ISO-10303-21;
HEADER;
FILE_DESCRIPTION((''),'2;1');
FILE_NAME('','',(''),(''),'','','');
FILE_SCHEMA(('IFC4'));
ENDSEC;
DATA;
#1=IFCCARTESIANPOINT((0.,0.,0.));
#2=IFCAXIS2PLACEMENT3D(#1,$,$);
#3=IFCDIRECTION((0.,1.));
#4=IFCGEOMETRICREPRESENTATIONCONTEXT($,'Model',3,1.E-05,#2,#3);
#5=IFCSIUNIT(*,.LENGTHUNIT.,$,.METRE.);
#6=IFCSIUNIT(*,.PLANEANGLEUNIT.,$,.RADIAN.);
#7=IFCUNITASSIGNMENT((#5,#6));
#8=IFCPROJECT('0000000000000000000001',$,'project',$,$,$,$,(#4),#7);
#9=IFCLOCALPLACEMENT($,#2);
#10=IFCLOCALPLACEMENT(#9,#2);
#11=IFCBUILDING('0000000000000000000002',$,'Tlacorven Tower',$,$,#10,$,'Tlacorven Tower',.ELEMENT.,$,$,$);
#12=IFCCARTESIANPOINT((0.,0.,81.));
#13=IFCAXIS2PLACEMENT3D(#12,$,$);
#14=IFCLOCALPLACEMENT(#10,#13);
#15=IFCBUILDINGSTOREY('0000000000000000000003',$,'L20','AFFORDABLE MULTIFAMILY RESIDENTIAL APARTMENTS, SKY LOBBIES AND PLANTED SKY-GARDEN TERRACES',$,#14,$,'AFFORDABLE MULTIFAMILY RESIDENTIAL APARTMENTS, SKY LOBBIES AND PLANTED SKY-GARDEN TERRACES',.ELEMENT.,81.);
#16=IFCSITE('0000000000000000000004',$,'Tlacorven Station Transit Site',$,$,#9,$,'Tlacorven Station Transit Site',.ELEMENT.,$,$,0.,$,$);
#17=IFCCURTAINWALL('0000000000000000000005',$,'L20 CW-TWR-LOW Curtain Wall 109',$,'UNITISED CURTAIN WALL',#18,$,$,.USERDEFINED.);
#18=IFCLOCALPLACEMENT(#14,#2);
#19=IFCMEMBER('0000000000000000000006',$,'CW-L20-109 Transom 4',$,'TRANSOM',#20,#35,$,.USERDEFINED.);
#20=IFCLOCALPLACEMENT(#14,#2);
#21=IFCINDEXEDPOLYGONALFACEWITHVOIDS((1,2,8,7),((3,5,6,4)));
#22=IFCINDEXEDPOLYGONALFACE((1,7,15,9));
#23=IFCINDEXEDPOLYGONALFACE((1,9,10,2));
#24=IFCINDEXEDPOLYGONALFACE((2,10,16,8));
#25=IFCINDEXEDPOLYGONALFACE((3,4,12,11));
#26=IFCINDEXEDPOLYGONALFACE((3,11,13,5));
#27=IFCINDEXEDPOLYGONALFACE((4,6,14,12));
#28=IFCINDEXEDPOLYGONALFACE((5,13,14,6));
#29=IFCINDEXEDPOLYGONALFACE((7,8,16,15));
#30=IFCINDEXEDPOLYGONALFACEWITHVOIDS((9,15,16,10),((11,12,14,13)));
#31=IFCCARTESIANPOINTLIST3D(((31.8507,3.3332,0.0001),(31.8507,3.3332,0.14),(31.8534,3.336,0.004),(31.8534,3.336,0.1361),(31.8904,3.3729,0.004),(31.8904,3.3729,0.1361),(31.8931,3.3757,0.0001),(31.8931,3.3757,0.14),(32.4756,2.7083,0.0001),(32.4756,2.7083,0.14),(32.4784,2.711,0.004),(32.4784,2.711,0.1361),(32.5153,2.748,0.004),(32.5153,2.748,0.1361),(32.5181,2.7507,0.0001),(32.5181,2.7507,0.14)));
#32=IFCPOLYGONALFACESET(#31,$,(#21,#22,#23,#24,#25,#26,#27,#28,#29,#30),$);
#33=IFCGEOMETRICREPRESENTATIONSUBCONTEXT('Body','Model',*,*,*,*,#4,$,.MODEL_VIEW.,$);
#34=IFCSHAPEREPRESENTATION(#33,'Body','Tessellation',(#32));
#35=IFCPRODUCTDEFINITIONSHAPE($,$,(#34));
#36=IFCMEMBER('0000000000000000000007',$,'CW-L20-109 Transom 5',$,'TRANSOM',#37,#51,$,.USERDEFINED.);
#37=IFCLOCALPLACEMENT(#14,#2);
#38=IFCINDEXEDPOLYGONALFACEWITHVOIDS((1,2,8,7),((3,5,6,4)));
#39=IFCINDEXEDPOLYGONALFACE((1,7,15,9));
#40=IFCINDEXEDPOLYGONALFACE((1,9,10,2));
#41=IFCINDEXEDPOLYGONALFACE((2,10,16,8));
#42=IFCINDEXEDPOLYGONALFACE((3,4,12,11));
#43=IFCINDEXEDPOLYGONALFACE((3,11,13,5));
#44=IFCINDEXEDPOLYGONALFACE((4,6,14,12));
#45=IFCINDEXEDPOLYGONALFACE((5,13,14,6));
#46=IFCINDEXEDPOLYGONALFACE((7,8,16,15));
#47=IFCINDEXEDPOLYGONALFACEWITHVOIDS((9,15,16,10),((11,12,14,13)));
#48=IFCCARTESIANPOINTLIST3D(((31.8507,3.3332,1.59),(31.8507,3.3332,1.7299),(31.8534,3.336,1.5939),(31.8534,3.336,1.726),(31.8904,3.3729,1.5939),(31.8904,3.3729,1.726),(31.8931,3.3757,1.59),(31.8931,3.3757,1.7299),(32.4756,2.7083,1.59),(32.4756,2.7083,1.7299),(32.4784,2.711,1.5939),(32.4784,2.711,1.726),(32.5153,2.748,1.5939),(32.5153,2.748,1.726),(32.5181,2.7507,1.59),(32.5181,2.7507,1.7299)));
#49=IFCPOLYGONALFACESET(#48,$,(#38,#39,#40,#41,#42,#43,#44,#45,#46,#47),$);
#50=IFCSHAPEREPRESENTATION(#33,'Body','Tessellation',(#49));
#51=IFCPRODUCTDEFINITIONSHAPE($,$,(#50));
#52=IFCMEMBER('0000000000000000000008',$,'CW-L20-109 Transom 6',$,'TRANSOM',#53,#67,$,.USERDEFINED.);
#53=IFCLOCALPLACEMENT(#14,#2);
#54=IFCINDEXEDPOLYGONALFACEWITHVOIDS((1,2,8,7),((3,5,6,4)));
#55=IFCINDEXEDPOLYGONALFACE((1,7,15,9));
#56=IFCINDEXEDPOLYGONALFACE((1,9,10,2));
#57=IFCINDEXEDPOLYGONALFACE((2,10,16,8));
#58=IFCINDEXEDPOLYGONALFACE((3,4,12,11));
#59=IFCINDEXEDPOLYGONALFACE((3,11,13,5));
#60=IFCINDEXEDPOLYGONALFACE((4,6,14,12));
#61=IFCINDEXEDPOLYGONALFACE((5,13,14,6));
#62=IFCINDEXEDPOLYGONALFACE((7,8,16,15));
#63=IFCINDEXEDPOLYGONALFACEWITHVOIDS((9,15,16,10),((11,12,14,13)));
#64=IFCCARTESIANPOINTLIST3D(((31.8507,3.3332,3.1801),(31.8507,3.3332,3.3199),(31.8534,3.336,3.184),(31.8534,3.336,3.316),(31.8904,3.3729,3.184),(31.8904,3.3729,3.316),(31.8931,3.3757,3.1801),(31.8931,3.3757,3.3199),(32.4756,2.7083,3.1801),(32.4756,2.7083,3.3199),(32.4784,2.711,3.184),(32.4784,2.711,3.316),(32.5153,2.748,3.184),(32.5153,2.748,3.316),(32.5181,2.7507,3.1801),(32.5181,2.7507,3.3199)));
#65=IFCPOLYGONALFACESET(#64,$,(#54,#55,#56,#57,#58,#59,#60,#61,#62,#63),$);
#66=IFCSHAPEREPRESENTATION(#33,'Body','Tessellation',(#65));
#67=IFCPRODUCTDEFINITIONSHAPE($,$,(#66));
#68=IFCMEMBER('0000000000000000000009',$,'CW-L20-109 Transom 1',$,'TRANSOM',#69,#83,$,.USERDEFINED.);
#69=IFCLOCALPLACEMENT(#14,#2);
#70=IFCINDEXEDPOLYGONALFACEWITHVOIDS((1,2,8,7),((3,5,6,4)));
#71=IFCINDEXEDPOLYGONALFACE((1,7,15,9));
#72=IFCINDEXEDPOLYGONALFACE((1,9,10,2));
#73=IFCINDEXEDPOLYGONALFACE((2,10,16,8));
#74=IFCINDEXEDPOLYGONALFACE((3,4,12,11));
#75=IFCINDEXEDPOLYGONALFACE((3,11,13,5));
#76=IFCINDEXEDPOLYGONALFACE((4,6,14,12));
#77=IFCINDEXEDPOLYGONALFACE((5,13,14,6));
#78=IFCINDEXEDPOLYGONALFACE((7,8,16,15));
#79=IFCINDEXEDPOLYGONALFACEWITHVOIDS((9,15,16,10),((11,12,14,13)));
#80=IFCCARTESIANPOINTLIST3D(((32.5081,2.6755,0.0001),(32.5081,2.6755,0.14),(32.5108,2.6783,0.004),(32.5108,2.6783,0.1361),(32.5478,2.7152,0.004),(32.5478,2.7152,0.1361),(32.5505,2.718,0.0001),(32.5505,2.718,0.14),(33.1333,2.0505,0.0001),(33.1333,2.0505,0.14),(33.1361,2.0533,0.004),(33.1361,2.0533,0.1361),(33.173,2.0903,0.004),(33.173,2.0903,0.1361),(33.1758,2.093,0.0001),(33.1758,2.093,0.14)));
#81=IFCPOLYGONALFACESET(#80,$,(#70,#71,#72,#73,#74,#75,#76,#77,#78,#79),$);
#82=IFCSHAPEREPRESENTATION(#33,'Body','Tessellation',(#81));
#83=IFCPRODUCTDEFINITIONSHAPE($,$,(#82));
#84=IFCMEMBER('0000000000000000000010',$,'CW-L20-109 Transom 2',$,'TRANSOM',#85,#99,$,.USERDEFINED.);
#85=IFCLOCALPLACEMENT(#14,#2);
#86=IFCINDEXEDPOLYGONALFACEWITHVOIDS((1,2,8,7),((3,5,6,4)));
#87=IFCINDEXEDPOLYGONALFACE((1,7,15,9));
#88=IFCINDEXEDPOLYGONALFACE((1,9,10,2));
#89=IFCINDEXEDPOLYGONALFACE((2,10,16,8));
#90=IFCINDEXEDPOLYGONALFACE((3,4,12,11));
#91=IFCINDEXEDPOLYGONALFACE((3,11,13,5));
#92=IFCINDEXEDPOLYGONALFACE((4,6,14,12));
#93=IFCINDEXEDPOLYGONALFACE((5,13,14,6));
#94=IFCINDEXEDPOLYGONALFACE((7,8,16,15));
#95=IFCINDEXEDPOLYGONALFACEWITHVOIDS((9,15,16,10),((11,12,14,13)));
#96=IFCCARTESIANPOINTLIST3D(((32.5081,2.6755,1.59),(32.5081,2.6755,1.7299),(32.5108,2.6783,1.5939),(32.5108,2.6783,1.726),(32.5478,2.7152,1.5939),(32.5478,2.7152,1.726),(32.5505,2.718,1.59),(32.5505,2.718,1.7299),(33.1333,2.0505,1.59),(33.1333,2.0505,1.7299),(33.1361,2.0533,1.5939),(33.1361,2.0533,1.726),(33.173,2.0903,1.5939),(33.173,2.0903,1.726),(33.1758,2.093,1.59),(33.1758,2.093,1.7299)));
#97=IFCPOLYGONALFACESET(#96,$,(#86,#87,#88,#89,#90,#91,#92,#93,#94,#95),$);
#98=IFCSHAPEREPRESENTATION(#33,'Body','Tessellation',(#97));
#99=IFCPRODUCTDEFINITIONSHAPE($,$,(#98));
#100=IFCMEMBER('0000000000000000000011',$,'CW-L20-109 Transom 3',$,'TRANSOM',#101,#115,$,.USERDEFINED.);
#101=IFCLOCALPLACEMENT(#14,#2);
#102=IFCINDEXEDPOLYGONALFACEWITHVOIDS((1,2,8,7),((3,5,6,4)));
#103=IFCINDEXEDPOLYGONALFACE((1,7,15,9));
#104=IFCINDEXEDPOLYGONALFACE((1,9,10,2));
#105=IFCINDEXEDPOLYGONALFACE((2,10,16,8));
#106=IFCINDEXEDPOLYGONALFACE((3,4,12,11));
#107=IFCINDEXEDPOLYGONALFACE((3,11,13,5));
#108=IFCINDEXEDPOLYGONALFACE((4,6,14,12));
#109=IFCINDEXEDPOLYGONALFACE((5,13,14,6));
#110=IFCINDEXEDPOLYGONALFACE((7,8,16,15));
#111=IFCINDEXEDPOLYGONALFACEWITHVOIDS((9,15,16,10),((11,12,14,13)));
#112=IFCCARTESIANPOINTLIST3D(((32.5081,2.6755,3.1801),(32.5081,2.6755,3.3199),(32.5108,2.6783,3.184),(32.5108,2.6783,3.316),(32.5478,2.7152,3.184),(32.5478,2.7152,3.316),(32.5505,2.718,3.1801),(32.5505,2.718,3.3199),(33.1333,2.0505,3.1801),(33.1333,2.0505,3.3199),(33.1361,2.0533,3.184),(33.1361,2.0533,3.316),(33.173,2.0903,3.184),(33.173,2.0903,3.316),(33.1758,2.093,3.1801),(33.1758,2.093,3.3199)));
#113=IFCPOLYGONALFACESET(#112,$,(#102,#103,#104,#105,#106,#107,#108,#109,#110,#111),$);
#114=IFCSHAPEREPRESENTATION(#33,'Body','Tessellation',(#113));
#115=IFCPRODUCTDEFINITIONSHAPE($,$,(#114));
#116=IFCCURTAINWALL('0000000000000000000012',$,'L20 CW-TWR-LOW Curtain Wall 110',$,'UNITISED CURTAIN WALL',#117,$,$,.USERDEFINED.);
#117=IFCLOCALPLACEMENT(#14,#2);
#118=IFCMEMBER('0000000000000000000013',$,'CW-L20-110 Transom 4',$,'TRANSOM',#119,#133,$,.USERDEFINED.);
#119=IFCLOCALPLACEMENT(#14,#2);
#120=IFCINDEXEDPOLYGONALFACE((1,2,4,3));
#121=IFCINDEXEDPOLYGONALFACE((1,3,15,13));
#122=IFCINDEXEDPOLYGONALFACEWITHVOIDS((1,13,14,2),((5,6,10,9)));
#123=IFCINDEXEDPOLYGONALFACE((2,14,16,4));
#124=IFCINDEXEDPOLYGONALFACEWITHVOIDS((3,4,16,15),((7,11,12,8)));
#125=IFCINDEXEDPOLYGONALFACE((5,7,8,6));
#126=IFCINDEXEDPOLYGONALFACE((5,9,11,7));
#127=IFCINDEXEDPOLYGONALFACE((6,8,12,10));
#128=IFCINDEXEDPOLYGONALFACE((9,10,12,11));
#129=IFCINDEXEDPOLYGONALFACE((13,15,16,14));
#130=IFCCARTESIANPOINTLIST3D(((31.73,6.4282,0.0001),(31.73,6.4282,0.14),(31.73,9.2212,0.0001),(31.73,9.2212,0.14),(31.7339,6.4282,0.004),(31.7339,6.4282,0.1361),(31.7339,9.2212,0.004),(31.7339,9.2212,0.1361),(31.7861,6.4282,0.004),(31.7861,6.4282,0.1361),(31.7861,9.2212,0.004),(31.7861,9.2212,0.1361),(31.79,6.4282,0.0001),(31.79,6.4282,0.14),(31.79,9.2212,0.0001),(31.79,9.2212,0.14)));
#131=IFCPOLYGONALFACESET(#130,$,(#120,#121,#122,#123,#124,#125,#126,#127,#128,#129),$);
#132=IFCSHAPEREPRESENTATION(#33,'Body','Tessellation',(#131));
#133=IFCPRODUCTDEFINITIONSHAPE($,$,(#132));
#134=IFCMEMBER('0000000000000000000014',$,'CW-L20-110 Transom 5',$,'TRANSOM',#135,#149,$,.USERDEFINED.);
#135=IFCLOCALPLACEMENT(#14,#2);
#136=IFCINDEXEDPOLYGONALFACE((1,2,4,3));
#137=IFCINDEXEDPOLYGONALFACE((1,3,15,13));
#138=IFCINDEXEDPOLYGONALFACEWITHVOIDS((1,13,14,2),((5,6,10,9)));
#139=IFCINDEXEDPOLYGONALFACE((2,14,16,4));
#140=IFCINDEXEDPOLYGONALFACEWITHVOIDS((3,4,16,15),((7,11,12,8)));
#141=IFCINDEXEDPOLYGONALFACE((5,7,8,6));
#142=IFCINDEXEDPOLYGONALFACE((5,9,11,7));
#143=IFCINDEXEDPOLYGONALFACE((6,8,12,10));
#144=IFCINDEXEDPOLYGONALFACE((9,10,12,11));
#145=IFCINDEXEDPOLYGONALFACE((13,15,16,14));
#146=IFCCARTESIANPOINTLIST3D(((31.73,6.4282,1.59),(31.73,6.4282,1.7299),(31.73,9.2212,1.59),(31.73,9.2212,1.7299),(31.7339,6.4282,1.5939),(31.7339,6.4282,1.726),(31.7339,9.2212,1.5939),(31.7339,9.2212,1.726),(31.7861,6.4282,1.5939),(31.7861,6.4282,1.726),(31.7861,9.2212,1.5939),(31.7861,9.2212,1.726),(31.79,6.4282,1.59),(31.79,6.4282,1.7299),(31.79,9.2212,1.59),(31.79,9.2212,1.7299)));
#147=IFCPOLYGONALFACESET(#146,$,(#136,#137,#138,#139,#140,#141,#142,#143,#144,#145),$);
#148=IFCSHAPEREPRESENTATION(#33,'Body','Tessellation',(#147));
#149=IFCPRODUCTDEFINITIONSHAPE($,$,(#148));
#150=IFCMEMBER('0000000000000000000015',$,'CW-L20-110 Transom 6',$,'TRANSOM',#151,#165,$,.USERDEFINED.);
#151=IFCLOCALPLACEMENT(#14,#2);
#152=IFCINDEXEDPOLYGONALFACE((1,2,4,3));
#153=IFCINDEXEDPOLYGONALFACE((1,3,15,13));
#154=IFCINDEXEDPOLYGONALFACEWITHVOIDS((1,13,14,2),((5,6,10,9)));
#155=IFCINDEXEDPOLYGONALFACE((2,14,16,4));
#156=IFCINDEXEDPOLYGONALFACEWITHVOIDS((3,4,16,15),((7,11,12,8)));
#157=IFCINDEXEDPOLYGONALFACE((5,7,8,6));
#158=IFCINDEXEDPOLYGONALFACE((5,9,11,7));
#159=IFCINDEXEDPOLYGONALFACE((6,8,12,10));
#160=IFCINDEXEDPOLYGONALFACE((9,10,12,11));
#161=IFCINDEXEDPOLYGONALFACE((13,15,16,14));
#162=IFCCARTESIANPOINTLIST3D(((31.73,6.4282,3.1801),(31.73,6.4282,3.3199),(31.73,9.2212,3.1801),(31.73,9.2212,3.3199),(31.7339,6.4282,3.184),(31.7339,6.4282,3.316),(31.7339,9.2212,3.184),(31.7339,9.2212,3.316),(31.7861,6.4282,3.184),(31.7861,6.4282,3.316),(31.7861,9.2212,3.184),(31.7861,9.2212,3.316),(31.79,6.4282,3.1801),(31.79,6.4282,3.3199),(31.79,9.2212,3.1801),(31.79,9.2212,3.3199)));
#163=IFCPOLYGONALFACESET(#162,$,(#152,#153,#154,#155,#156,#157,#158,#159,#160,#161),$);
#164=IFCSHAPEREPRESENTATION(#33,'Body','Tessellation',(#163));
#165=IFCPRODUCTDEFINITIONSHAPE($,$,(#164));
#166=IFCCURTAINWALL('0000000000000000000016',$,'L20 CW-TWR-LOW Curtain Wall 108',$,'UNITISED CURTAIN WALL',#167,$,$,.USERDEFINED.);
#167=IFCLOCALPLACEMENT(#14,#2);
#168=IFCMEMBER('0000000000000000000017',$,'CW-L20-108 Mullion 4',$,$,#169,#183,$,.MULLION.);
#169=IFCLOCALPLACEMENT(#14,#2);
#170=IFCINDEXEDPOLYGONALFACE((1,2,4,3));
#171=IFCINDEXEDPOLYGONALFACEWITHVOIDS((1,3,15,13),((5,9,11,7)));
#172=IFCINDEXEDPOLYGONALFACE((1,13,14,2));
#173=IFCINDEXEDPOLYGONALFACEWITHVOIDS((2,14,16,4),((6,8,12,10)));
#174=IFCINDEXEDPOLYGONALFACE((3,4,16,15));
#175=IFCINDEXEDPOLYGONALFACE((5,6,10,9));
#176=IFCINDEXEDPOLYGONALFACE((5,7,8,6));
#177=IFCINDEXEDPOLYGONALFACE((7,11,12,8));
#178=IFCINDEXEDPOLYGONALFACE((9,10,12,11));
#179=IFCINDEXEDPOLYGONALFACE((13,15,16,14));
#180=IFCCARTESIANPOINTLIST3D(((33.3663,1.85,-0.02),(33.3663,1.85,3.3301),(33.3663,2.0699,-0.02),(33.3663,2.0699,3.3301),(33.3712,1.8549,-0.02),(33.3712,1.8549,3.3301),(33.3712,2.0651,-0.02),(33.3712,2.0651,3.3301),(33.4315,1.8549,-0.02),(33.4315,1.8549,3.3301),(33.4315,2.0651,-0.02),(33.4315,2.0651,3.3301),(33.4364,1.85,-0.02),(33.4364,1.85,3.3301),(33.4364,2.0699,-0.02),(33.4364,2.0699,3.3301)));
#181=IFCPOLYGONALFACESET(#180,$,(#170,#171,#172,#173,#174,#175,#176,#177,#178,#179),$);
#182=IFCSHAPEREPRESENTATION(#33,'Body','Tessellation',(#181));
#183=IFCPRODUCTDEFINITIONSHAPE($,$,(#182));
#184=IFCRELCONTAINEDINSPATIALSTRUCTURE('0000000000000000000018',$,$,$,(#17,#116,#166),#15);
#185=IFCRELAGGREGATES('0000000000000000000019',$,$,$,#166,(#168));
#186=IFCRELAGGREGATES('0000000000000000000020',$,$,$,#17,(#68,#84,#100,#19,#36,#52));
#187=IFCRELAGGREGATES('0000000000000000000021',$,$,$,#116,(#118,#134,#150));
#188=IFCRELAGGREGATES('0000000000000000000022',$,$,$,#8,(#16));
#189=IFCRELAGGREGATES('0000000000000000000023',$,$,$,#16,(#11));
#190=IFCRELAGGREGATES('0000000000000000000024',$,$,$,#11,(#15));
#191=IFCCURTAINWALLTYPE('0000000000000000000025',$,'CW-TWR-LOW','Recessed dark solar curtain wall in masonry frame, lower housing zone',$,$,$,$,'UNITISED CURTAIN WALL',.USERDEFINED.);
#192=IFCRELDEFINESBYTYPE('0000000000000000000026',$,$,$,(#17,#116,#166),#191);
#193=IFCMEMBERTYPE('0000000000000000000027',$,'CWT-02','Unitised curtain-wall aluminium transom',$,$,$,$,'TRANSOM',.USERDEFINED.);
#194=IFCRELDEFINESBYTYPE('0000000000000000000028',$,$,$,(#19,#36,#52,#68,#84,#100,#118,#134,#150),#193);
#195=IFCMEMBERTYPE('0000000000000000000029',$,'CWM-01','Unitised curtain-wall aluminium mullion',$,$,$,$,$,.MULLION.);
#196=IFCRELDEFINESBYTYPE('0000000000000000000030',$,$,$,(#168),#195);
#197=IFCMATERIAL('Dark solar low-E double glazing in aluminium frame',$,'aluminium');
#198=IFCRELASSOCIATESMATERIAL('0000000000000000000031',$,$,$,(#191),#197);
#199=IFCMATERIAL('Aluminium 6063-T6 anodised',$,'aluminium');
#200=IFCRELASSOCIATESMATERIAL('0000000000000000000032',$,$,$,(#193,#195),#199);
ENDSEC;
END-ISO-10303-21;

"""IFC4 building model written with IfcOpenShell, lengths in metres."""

from ifc_helpers import new_model, si_unit, direction, frame, origin, origin_2d, place, context, subcontext, project, spatial, hollow_rectangle, extrude, source, transform, mapped, material, material_profile, profile_set, type_object, element, aggregate, save


model = new_model("IFC4")

# Units and contexts
model_context = context("Model", 3, precision=1e-05, world=origin(), true_north=direction((0.0, 1.0)))
body_context = subcontext(model_context, "Body", "Model", "MODEL_VIEW")
ifc_project = project(units=[si_unit("LENGTHUNIT", "METRE"), si_unit("PLANEANGLEUNIT", "RADIAN")], contexts=[model_context])

# Site, building, storey
site_placement = place(None, origin())
site = spatial("IfcSite", under=ifc_project, at=site_placement, Name="Tlacorven Station Transit Site", LongName="Tlacorven Station Transit Site", CompositionType="ELEMENT", RefElevation=0.0)
building_placement = place(site_placement, origin())
building = spatial("IfcBuilding", under=site, at=building_placement, Name="Tlacorven Tower", LongName="Tlacorven Tower", CompositionType="ELEMENT")
storey_placement = place(building_placement, frame((0.0, 0.0, 81.0)))
storey = spatial("IfcBuildingStorey", under=building, at=storey_placement, Name="L20", Description="AFFORDABLE MULTIFAMILY RESIDENTIAL APARTMENTS, SKY LOBBIES AND PLANTED SKY-GARDEN TERRACES", LongName="AFFORDABLE MULTIFAMILY RESIDENTIAL APARTMENTS, SKY LOBBIES AND PLANTED SKY-GARDEN TERRACES", CompositionType="ELEMENT", Elevation=81.0)

# Curtain walls, members
ifc_material_1 = material(Name="Dark solar low-E double glazing in aluminium frame", Category="aluminium")
curtain_wall_type = type_object("IfcCurtainWallType", Name="CW-TWR-LOW", Description="Recessed dark solar curtain wall in masonry frame, lower housing zone", ElementType="UNITISED CURTAIN WALL", PredefinedType="USERDEFINED", material=ifc_material_1)
curtain_wall_1_placement = place(storey_placement, origin())
curtain_wall_1 = element("IfcCurtainWall", 1, at=curtain_wall_1_placement, inside=storey, type_object=curtain_wall_type, Name="L20 CW-TWR-LOW Curtain Wall 109", ObjectType="UNITISED CURTAIN WALL", PredefinedType="USERDEFINED")
ifc_material_2 = material(Name="Aluminium 6063-T6 anodised", Category="aluminium")
ifc_material_profile_1 = material_profile(ifc_material_2, hollow_rectangle(XDim=0.0601, YDim=0.1399, WallThickness=0.0039, at=origin_2d()), Name="ALU TRANSOM 60X140")
ifc_profile_set_1 = profile_set([ifc_material_profile_1], Name="Aluminium 6063-T6 anodised")
member_type_1 = type_object("IfcMemberType", Name="CWT-02", Description="Unitised curtain-wall aluminium transom", ElementType="TRANSOM", PredefinedType="USERDEFINED", material=ifc_profile_set_1)
shared_shape_1 = source(origin(), body_context, "Body", "SweptSolid", [
    extrude(hollow_rectangle(XDim=0.0601, YDim=0.1399, WallThickness=0.0039, at=origin_2d()), origin(), (0.0, 0.0, 1.0), 0.8838),
])
member_1_placement = place(storey_placement, frame((32.4968, 2.7295, 0.0701), z_axis=(-0.707107, 0.707107, 0.0), x_axis=(-0.707107, -0.707107, 0.0)))
member_1 = element("IfcMember", 2, at=member_1_placement, type_object=member_type_1, Name="CW-L20-109 Transom 4", ObjectType="TRANSOM", PredefinedType="USERDEFINED", context=body_context, shape_type="MappedRepresentation", body=[
    mapped(shared_shape_1, transform((0.0, 0.0, 0.0), scale=1.0)),
])
member_2_placement = place(storey_placement, frame((32.4968, 2.7295, 1.6599), z_axis=(-0.707107, 0.707107, 0.0), x_axis=(-0.707107, -0.707107, 0.0)))
member_2 = element("IfcMember", 3, at=member_2_placement, type_object=member_type_1, Name="CW-L20-109 Transom 5", ObjectType="TRANSOM", PredefinedType="USERDEFINED", context=body_context, shape_type="MappedRepresentation", body=[
    mapped(shared_shape_1, transform((0.0, 0.0, 0.0), scale=1.0)),
])
member_3_placement = place(storey_placement, frame((32.4968, 2.7295, 3.25), z_axis=(-0.707107, 0.707107, 0.0), x_axis=(-0.707107, -0.707107, 0.0)))
member_3 = element("IfcMember", 4, at=member_3_placement, type_object=member_type_1, Name="CW-L20-109 Transom 6", ObjectType="TRANSOM", PredefinedType="USERDEFINED", context=body_context, shape_type="MappedRepresentation", body=[
    mapped(shared_shape_1, transform((0.0, 0.0, 0.0), scale=1.0)),
])
shared_shape_2 = source(origin(), body_context, "Body", "SweptSolid", [
    extrude(hollow_rectangle(XDim=0.0601, YDim=0.1399, WallThickness=0.0039, at=origin_2d()), origin(), (0.0, 0.0, 1.0), 0.884),
])
member_4_placement = place(storey_placement, frame((33.1545, 2.0718, 0.0701), z_axis=(-0.707245, 0.706969, 0.0), x_axis=(-0.706969, -0.707245, 0.0)))
member_4 = element("IfcMember", 5, at=member_4_placement, type_object=member_type_1, Name="CW-L20-109 Transom 1", ObjectType="TRANSOM", PredefinedType="USERDEFINED", context=body_context, shape_type="MappedRepresentation", body=[
    mapped(shared_shape_2, transform((0.0, 0.0, 0.0), scale=1.0)),
])
member_5_placement = place(storey_placement, frame((33.1545, 2.0718, 1.6599), z_axis=(-0.707245, 0.706969, 0.0), x_axis=(-0.706969, -0.707245, 0.0)))
member_5 = element("IfcMember", 6, at=member_5_placement, type_object=member_type_1, Name="CW-L20-109 Transom 2", ObjectType="TRANSOM", PredefinedType="USERDEFINED", context=body_context, shape_type="MappedRepresentation", body=[
    mapped(shared_shape_2, transform((0.0, 0.0, 0.0), scale=1.0)),
])
member_6_placement = place(storey_placement, frame((33.1545, 2.0718, 3.25), z_axis=(-0.707245, 0.706969, 0.0), x_axis=(-0.706969, -0.707245, 0.0)))
member_6 = element("IfcMember", 7, at=member_6_placement, type_object=member_type_1, Name="CW-L20-109 Transom 3", ObjectType="TRANSOM", PredefinedType="USERDEFINED", context=body_context, shape_type="MappedRepresentation", body=[
    mapped(shared_shape_2, transform((0.0, 0.0, 0.0), scale=1.0)),
])
curtain_wall_2_placement = place(storey_placement, origin())
curtain_wall_2 = element("IfcCurtainWall", 8, at=curtain_wall_2_placement, inside=storey, type_object=curtain_wall_type, Name="L20 CW-TWR-LOW Curtain Wall 110", ObjectType="UNITISED CURTAIN WALL", PredefinedType="USERDEFINED")
shared_shape_3 = source(origin(), body_context, "Body", "SweptSolid", [
    extrude(hollow_rectangle(XDim=0.0601, YDim=0.1399, WallThickness=0.0039, at=origin_2d()), origin(), (0.0, 0.0, 1.0), 2.793),
])
member_7_placement = place(storey_placement, frame((31.76, 6.4282, 0.0701), z_axis=(0.0, 1.0, 0.0), x_axis=(-1.0, 0.0, 0.0)))
member_7 = element("IfcMember", 9, at=member_7_placement, type_object=member_type_1, Name="CW-L20-110 Transom 4", ObjectType="TRANSOM", PredefinedType="USERDEFINED", context=body_context, shape_type="MappedRepresentation", body=[
    mapped(shared_shape_3, transform((0.0, 0.0, 0.0), scale=1.0)),
])
member_8_placement = place(storey_placement, frame((31.76, 6.4282, 1.6599), z_axis=(0.0, 1.0, 0.0), x_axis=(-1.0, 0.0, 0.0)))
member_8 = element("IfcMember", 10, at=member_8_placement, type_object=member_type_1, Name="CW-L20-110 Transom 5", ObjectType="TRANSOM", PredefinedType="USERDEFINED", context=body_context, shape_type="MappedRepresentation", body=[
    mapped(shared_shape_3, transform((0.0, 0.0, 0.0), scale=1.0)),
])
member_9_placement = place(storey_placement, frame((31.76, 6.4282, 3.25), z_axis=(0.0, 1.0, 0.0), x_axis=(-1.0, 0.0, 0.0)))
member_9 = element("IfcMember", 11, at=member_9_placement, type_object=member_type_1, Name="CW-L20-110 Transom 6", ObjectType="TRANSOM", PredefinedType="USERDEFINED", context=body_context, shape_type="MappedRepresentation", body=[
    mapped(shared_shape_3, transform((0.0, 0.0, 0.0), scale=1.0)),
])

# Curtain wall, member
curtain_wall_3_placement = place(storey_placement, origin())
curtain_wall_3 = element("IfcCurtainWall", 12, at=curtain_wall_3_placement, inside=storey, type_object=curtain_wall_type, Name="L20 CW-TWR-LOW Curtain Wall 108", ObjectType="UNITISED CURTAIN WALL", PredefinedType="USERDEFINED")
ifc_material_profile_2 = material_profile(ifc_material_2, hollow_rectangle(XDim=0.0701, YDim=0.22, WallThickness=0.0049, at=origin_2d()), Name="ALU MULLION 70X220")
ifc_profile_set_2 = profile_set([ifc_material_profile_2], Name="Aluminium 6063-T6 anodised")
member_type_2 = type_object("IfcMemberType", Name="CWM-01", Description="Unitised curtain-wall aluminium mullion", PredefinedType="MULLION", material=ifc_profile_set_2)
shared_shape_4 = source(origin(), body_context, "Body", "SweptSolid", [
    extrude(hollow_rectangle(XDim=0.0701, YDim=0.22, WallThickness=0.0049, at=origin_2d()), origin(), (0.0, 0.0, 1.0), 3.3501),
])
member_10_placement = place(storey_placement, frame((33.4014, 1.96, -0.02), z_axis=(0.0, 0.0, 1.0), x_axis=(-1.0, 0.0, 0.0)))
member_10 = element("IfcMember", 13, at=member_10_placement, type_object=member_type_2, Name="CW-L20-108 Mullion 4", PredefinedType="MULLION", context=body_context, shape_type="MappedRepresentation", body=[
    mapped(shared_shape_4, transform((0.0, 0.0, 0.0), scale=1.0)),
])
aggregate(curtain_wall_3, [member_10])

aggregate(curtain_wall_1, [member_4, member_5, member_6, member_1, member_2, member_3])
aggregate(curtain_wall_2, [member_7, member_8, member_9])

save(model, "model.ifc")
